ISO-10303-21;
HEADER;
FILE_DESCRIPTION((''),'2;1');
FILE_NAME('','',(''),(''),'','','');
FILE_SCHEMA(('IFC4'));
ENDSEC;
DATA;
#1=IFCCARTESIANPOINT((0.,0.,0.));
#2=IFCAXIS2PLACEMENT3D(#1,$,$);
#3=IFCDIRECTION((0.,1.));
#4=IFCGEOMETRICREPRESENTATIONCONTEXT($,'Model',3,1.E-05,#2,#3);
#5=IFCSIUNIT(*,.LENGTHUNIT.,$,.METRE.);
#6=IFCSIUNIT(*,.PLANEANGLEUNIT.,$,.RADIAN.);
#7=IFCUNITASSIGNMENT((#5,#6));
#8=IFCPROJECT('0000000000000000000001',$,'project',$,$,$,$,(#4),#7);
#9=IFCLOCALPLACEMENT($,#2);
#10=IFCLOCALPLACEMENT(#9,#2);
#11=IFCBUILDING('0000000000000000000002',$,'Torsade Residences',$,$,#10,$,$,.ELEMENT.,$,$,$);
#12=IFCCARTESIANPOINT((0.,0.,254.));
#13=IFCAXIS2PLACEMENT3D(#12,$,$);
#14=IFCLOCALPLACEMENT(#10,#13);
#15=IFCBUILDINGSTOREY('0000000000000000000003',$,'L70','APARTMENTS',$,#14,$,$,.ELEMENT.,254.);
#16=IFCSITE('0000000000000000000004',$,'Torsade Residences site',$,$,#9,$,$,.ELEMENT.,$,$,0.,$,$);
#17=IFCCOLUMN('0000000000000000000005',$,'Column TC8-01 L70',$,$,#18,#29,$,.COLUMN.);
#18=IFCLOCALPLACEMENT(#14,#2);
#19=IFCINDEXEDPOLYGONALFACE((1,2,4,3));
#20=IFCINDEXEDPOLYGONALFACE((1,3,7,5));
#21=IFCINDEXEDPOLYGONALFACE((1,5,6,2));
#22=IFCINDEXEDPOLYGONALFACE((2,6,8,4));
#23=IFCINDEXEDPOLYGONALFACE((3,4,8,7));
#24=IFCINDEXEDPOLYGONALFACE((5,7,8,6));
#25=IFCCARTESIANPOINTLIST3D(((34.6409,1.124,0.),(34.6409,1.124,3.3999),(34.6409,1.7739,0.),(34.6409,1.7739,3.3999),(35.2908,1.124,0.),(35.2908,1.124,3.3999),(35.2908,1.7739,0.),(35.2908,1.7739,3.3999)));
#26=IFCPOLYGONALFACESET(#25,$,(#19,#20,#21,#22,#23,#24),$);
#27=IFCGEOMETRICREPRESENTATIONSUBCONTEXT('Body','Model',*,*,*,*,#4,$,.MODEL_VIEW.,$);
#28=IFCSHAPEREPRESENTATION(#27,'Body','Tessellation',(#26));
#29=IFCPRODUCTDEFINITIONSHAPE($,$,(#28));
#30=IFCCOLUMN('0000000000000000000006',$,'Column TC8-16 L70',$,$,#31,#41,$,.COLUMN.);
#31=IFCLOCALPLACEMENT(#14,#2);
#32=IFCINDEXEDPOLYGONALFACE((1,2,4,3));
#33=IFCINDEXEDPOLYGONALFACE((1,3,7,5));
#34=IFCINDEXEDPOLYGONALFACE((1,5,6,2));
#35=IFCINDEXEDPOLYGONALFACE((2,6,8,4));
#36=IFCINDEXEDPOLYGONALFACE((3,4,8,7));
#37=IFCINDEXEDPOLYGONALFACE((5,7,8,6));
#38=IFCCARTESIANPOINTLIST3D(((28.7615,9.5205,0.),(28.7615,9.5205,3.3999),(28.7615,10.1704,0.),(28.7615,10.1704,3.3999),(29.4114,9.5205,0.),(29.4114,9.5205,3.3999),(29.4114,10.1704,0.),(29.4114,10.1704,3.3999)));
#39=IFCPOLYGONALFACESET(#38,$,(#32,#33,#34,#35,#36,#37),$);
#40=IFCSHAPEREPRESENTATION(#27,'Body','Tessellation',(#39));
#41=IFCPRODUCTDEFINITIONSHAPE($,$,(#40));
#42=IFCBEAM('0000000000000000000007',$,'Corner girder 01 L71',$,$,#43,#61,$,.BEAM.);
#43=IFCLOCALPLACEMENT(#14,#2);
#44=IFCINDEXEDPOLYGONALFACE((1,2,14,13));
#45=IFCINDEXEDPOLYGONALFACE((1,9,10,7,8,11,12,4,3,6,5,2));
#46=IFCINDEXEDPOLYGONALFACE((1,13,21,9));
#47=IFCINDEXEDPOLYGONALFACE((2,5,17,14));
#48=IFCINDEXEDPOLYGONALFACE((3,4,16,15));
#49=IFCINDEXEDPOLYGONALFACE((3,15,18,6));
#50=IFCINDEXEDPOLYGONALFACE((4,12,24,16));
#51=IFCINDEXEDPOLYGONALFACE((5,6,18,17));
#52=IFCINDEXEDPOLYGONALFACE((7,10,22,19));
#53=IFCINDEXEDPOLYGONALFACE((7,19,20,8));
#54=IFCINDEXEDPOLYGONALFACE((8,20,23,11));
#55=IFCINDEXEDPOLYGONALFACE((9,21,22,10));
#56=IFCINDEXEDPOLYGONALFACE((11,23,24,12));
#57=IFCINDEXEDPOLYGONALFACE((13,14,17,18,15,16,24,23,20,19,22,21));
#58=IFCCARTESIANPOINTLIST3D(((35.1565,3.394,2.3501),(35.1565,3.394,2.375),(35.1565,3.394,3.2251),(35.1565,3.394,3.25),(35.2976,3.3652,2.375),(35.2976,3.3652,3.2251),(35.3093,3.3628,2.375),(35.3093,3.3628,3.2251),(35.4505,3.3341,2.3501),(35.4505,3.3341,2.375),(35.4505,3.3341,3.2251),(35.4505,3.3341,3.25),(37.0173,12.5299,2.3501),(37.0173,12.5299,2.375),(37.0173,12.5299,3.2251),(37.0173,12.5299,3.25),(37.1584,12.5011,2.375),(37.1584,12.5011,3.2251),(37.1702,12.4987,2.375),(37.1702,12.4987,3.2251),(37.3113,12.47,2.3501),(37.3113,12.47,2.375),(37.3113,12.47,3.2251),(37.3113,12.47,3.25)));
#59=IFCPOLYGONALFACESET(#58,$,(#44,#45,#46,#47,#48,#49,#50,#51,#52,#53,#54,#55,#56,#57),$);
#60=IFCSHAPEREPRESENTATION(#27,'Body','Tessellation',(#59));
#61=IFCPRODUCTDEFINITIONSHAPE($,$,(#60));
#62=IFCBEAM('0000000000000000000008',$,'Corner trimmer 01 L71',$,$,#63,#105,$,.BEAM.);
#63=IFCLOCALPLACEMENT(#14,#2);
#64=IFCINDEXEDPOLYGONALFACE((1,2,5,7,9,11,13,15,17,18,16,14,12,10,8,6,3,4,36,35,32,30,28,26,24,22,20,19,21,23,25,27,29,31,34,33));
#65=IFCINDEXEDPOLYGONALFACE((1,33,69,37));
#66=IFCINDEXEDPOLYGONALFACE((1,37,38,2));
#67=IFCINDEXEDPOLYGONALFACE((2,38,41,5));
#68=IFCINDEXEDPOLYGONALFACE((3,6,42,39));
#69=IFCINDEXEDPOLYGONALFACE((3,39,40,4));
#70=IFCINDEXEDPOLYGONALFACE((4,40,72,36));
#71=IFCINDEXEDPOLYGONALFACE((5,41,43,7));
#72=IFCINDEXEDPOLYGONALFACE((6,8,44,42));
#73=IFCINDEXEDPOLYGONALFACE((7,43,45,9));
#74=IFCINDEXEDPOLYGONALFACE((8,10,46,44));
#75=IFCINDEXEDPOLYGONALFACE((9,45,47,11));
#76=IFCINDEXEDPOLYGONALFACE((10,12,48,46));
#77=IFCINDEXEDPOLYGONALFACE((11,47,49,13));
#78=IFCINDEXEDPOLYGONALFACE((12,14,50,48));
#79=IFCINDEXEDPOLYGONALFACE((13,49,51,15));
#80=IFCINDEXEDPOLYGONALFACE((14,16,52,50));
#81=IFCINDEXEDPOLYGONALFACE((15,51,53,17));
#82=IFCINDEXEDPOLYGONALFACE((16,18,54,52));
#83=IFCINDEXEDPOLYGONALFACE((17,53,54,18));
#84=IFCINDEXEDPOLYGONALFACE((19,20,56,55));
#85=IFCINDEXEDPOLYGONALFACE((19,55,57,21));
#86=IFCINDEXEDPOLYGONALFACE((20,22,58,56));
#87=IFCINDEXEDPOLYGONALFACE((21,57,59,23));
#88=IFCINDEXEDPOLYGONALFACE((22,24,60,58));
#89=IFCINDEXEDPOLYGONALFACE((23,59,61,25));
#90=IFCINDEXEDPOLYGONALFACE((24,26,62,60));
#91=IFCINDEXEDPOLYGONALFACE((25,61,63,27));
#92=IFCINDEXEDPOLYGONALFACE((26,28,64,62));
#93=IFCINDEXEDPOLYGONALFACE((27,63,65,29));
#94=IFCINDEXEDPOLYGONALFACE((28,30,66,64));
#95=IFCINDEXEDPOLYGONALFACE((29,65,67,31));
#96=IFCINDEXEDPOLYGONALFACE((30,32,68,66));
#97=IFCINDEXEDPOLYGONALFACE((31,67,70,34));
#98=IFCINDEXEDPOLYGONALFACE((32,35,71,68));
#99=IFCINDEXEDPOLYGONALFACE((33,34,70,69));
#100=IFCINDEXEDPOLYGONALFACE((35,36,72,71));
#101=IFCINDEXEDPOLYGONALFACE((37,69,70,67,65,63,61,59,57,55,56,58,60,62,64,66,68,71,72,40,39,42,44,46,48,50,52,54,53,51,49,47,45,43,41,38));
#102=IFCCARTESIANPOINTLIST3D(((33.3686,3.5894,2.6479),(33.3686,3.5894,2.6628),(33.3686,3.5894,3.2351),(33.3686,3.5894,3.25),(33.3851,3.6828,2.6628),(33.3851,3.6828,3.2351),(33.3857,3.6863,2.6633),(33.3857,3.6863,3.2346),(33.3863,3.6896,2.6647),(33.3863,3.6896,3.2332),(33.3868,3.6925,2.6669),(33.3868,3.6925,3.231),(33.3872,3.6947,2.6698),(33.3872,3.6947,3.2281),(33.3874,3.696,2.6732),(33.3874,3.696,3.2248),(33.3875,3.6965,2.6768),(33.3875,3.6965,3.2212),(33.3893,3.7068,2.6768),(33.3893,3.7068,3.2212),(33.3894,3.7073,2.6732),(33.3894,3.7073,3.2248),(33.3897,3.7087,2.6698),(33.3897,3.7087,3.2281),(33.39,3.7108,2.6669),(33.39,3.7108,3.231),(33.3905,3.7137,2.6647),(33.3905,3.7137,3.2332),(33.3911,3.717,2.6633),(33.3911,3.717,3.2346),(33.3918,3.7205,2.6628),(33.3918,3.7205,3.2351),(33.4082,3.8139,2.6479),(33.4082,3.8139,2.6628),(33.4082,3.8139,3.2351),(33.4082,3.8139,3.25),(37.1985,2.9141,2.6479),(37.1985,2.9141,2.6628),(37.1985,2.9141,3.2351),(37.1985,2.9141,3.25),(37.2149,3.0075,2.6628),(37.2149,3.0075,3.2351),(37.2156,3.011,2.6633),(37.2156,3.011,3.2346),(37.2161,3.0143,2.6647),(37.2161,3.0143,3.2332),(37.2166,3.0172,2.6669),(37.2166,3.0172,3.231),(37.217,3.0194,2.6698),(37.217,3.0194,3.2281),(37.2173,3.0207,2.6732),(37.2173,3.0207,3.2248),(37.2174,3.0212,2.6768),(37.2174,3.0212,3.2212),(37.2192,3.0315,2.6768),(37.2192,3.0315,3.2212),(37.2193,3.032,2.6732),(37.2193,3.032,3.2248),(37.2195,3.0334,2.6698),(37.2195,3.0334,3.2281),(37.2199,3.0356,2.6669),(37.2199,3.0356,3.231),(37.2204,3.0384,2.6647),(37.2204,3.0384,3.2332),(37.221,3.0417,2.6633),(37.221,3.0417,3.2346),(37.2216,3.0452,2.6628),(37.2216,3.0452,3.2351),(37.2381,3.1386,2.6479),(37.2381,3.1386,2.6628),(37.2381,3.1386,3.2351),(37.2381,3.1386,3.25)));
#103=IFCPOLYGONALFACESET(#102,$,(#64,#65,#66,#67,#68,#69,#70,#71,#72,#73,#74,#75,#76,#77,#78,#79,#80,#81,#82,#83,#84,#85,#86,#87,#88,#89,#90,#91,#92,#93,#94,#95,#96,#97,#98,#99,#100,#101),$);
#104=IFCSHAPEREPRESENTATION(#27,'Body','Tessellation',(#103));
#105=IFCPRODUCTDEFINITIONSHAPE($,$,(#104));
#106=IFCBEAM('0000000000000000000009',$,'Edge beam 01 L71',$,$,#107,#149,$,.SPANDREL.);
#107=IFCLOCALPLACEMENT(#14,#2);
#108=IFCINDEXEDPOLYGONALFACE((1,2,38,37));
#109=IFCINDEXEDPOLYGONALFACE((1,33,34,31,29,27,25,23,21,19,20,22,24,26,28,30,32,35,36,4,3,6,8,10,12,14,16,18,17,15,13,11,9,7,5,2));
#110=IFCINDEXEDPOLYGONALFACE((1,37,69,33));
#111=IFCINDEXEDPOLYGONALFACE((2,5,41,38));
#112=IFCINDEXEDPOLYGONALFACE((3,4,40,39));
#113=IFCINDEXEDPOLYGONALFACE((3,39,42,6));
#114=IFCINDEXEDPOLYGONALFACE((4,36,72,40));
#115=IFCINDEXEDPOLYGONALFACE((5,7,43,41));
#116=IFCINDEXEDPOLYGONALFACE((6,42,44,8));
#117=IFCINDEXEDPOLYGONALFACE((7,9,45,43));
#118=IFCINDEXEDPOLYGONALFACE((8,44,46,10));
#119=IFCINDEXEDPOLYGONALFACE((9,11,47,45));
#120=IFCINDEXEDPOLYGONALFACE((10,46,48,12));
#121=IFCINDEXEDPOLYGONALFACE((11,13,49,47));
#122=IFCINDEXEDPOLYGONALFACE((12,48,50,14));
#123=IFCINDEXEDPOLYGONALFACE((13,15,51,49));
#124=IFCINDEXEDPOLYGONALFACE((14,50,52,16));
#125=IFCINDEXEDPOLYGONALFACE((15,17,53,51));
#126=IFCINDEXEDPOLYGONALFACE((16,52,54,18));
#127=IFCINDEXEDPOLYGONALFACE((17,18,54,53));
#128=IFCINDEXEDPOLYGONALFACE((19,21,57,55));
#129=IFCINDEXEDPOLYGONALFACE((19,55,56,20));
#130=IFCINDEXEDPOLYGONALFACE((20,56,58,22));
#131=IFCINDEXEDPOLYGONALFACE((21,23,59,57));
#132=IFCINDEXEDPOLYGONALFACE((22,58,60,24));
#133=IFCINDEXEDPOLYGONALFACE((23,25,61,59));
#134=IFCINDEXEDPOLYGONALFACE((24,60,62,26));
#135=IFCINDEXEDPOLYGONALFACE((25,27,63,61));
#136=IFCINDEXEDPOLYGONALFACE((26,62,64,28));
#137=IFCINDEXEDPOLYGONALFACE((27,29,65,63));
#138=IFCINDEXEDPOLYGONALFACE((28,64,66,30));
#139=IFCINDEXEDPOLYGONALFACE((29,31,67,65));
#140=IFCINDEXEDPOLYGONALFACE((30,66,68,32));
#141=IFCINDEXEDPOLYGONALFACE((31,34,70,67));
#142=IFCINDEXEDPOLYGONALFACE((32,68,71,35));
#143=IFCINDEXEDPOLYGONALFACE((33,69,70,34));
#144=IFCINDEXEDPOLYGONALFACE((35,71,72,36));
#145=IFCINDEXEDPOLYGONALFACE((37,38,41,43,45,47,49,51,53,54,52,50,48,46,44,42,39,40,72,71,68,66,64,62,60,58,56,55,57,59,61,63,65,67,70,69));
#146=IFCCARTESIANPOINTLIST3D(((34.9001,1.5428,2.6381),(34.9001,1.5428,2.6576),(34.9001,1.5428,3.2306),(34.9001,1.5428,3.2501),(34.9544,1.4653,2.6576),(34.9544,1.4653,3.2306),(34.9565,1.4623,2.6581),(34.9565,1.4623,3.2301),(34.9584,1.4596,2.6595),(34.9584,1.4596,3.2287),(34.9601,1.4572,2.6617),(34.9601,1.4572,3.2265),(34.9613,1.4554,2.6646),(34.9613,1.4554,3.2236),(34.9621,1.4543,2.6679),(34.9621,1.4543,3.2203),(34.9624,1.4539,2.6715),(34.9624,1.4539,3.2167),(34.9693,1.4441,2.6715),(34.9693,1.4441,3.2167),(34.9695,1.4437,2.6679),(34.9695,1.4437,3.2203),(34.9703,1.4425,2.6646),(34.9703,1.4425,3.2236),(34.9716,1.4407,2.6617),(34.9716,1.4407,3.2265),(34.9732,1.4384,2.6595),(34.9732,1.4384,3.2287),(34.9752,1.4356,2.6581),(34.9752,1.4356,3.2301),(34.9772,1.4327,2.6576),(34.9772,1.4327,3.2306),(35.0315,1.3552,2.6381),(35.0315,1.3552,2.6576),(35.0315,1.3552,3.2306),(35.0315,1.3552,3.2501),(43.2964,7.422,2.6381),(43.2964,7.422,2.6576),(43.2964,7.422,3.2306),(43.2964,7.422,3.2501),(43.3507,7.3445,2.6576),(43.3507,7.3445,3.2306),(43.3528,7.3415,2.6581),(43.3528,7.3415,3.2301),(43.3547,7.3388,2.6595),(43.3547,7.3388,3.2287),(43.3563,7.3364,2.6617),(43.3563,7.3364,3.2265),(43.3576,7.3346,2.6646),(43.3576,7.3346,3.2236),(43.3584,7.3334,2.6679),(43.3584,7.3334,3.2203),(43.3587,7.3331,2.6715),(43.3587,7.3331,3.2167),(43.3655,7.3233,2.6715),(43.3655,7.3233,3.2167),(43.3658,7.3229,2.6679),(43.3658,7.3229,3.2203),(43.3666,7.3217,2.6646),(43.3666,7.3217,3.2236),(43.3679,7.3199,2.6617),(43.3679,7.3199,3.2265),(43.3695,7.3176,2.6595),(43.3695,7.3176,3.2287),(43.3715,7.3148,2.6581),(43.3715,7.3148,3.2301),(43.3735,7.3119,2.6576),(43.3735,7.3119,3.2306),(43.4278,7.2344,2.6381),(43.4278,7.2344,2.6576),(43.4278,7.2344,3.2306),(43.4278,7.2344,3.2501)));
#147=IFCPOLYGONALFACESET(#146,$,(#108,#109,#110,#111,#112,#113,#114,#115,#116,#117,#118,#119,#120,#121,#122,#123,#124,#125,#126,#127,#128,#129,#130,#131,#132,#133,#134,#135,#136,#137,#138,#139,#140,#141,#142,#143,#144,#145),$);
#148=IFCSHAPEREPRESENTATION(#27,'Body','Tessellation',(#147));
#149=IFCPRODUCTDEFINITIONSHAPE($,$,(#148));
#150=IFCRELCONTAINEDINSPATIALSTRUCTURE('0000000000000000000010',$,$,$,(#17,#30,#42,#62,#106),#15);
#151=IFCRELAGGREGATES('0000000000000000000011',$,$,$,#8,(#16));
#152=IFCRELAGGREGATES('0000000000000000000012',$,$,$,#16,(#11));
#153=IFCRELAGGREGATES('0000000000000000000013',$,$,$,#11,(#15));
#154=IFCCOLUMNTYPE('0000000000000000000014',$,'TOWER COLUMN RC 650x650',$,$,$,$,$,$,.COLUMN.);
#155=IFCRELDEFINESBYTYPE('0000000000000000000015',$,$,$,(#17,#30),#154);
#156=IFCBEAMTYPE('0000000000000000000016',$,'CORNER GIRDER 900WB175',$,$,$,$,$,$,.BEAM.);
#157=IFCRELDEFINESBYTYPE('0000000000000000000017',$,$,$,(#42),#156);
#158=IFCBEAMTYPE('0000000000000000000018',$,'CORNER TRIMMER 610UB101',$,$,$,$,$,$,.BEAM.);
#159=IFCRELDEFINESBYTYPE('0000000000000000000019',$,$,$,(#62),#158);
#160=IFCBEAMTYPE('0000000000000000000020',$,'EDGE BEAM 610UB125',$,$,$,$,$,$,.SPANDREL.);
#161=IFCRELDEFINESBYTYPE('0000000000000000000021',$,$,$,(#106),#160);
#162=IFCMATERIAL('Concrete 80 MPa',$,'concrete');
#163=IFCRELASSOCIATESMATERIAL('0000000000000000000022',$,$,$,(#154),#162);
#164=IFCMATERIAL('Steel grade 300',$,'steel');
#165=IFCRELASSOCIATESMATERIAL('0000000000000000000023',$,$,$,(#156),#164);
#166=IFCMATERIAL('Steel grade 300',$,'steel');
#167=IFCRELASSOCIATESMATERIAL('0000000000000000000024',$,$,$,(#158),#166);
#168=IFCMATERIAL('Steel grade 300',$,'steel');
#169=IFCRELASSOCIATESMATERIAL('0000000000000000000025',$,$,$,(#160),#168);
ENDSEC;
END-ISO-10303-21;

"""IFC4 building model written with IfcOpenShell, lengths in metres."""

from ifc_helpers import new_model, si_unit, direction, frame, origin, origin_2d, place, context, subcontext, project, spatial, rectangle, i_section, extrude, material, material_profile, profile_set, type_object, element, save


model = new_model("IFC4")

# Units and contexts
model_context = context("Model", 3, precision=1e-05, world=origin(), true_north=direction((0.0, 1.0)))
body_context = subcontext(model_context, "Body", "Model", "MODEL_VIEW")
ifc_project = project(units=[si_unit("LENGTHUNIT", "METRE"), si_unit("PLANEANGLEUNIT", "RADIAN")], contexts=[model_context])

# Site, building, storey
site_placement = place(None, origin())
site = spatial("IfcSite", under=ifc_project, at=site_placement, Name="Torsade Residences site", CompositionType="ELEMENT", RefElevation=0.0)
building_placement = place(site_placement, origin())
building = spatial("IfcBuilding", under=site, at=building_placement, Name="Torsade Residences", CompositionType="ELEMENT")
storey_placement = place(building_placement, frame((0.0, 0.0, 254.0)))
storey = spatial("IfcBuildingStorey", under=building, at=storey_placement, Name="L70", Description="APARTMENTS", CompositionType="ELEMENT", Elevation=254.0)

# Columns
ifc_material_1 = material(Name="Concrete 80 MPa", Category="concrete")
ifc_material_profile_1 = material_profile(ifc_material_1, rectangle(XDim=0.6499, YDim=0.6499, at=origin_2d()), Name="RC 650x650")
ifc_profile_set_1 = profile_set([ifc_material_profile_1], Name="Concrete 80 MPa")
column_type = type_object("IfcColumnType", Name="TOWER COLUMN RC 650x650", PredefinedType="COLUMN", material=ifc_profile_set_1)
for number, where, z_axis, x_axis, name in (
    (1, (34.9658, 1.449, 0.0), (0.0, 0.0, 1.0), (1.0, 0.0, 0.0), "Column TC8-01 L70"),
    (2, (29.0864, 9.8455, 0.0), (0.0, 0.0, 1.0), (1.0, 0.0, 0.0), "Column TC8-16 L70"),
):
    element("IfcColumn", number, at=place(storey_placement, frame(where, z_axis=z_axis, x_axis=x_axis)), inside=storey, type_object=column_type, Name=name, PredefinedType="COLUMN", context=body_context, shape_type="SweptSolid", body=[
        extrude(rectangle(XDim=0.6499, YDim=0.6499, at=origin_2d()), origin(), (0.0, 0.0, 1.0), 3.3999),
    ])

# Beams
ifc_material_2 = material(Name="Steel grade 300", Category="steel")
ifc_material_profile_2 = material_profile(ifc_material_2, i_section(OverallWidth=0.3, OverallDepth=0.8999, WebThickness=0.012, FlangeThickness=0.0249, at=origin_2d()), Name="900WB175")
ifc_profile_set_2 = profile_set([ifc_material_profile_2], Name="Steel grade 300")
beam_type_1 = type_object("IfcBeamType", Name="CORNER GIRDER 900WB175", PredefinedType="BEAM", material=ifc_profile_set_2)
beam_1_placement = place(storey_placement, frame((35.3035, 3.364, 2.8), z_axis=(0.199584, 0.979881, 0.0), x_axis=(-0.979881, 0.199584, 0.0)))
element("IfcBeam", 3, at=beam_1_placement, inside=storey, type_object=beam_type_1, Name="Corner girder 01 L71", PredefinedType="BEAM", context=body_context, shape_type="SweptSolid", body=[
    extrude(i_section(OverallWidth=0.3, OverallDepth=0.8999, WebThickness=0.012, FlangeThickness=0.0249, at=origin_2d()), origin(), (0.0, 0.0, 1.0), 9.3235),
])
ifc_material_3 = material(Name="Steel grade 300", Category="steel")
ifc_material_profile_3 = material_profile(ifc_material_3, i_section(OverallWidth=0.228, OverallDepth=0.6021, WebThickness=0.0105, FlangeThickness=0.0149, FilletRadius=0.0139, at=origin_2d()), Name="610UB101")
ifc_profile_set_3 = profile_set([ifc_material_profile_3], Name="Steel grade 300")
beam_type_2 = type_object("IfcBeamType", Name="CORNER TRIMMER 610UB101", PredefinedType="BEAM", material=ifc_profile_set_3)
beam_2_placement = place(storey_placement, frame((37.2183, 3.0264, 2.949), z_axis=(-0.984808, 0.173646, 0.0), x_axis=(-0.173646, -0.984808, 0.0)))
element("IfcBeam", 4, at=beam_2_placement, inside=storey, type_object=beam_type_2, Name="Corner trimmer 01 L71", PredefinedType="BEAM", context=body_context, shape_type="SweptSolid", body=[
    extrude(i_section(OverallWidth=0.228, OverallDepth=0.6021, WebThickness=0.0105, FlangeThickness=0.0149, FilletRadius=0.0139, at=origin_2d()), origin(), (0.0, 0.0, 1.0), 3.8889),
])
ifc_material_4 = material(Name="Steel grade 300", Category="steel")
ifc_material_profile_4 = material_profile(ifc_material_4, i_section(OverallWidth=0.229, OverallDepth=0.6121, WebThickness=0.012, FlangeThickness=0.0195, FilletRadius=0.0139, at=origin_2d()), Name="610UB125")
ifc_profile_set_4 = profile_set([ifc_material_profile_4], Name="Steel grade 300")
beam_type_3 = type_object("IfcBeamType", Name="EDGE BEAM 610UB125", PredefinedType="SPANDREL", material=ifc_profile_set_4)
beam_3_placement = place(storey_placement, frame((34.9658, 1.449, 2.9441), z_axis=(0.81915, 0.573579, 0.0), x_axis=(-0.573579, 0.81915, 0.0)))
element("IfcBeam", 5, at=beam_3_placement, inside=storey, type_object=beam_type_3, Name="Edge beam 01 L71", PredefinedType="SPANDREL", context=body_context, shape_type="SweptSolid", body=[
    extrude(i_section(OverallWidth=0.229, OverallDepth=0.6121, WebThickness=0.012, FlangeThickness=0.0195, FilletRadius=0.0139, at=origin_2d()), origin(), (0.0, 0.0, 1.0), 10.25),
])

save(model, "model.ifc")
